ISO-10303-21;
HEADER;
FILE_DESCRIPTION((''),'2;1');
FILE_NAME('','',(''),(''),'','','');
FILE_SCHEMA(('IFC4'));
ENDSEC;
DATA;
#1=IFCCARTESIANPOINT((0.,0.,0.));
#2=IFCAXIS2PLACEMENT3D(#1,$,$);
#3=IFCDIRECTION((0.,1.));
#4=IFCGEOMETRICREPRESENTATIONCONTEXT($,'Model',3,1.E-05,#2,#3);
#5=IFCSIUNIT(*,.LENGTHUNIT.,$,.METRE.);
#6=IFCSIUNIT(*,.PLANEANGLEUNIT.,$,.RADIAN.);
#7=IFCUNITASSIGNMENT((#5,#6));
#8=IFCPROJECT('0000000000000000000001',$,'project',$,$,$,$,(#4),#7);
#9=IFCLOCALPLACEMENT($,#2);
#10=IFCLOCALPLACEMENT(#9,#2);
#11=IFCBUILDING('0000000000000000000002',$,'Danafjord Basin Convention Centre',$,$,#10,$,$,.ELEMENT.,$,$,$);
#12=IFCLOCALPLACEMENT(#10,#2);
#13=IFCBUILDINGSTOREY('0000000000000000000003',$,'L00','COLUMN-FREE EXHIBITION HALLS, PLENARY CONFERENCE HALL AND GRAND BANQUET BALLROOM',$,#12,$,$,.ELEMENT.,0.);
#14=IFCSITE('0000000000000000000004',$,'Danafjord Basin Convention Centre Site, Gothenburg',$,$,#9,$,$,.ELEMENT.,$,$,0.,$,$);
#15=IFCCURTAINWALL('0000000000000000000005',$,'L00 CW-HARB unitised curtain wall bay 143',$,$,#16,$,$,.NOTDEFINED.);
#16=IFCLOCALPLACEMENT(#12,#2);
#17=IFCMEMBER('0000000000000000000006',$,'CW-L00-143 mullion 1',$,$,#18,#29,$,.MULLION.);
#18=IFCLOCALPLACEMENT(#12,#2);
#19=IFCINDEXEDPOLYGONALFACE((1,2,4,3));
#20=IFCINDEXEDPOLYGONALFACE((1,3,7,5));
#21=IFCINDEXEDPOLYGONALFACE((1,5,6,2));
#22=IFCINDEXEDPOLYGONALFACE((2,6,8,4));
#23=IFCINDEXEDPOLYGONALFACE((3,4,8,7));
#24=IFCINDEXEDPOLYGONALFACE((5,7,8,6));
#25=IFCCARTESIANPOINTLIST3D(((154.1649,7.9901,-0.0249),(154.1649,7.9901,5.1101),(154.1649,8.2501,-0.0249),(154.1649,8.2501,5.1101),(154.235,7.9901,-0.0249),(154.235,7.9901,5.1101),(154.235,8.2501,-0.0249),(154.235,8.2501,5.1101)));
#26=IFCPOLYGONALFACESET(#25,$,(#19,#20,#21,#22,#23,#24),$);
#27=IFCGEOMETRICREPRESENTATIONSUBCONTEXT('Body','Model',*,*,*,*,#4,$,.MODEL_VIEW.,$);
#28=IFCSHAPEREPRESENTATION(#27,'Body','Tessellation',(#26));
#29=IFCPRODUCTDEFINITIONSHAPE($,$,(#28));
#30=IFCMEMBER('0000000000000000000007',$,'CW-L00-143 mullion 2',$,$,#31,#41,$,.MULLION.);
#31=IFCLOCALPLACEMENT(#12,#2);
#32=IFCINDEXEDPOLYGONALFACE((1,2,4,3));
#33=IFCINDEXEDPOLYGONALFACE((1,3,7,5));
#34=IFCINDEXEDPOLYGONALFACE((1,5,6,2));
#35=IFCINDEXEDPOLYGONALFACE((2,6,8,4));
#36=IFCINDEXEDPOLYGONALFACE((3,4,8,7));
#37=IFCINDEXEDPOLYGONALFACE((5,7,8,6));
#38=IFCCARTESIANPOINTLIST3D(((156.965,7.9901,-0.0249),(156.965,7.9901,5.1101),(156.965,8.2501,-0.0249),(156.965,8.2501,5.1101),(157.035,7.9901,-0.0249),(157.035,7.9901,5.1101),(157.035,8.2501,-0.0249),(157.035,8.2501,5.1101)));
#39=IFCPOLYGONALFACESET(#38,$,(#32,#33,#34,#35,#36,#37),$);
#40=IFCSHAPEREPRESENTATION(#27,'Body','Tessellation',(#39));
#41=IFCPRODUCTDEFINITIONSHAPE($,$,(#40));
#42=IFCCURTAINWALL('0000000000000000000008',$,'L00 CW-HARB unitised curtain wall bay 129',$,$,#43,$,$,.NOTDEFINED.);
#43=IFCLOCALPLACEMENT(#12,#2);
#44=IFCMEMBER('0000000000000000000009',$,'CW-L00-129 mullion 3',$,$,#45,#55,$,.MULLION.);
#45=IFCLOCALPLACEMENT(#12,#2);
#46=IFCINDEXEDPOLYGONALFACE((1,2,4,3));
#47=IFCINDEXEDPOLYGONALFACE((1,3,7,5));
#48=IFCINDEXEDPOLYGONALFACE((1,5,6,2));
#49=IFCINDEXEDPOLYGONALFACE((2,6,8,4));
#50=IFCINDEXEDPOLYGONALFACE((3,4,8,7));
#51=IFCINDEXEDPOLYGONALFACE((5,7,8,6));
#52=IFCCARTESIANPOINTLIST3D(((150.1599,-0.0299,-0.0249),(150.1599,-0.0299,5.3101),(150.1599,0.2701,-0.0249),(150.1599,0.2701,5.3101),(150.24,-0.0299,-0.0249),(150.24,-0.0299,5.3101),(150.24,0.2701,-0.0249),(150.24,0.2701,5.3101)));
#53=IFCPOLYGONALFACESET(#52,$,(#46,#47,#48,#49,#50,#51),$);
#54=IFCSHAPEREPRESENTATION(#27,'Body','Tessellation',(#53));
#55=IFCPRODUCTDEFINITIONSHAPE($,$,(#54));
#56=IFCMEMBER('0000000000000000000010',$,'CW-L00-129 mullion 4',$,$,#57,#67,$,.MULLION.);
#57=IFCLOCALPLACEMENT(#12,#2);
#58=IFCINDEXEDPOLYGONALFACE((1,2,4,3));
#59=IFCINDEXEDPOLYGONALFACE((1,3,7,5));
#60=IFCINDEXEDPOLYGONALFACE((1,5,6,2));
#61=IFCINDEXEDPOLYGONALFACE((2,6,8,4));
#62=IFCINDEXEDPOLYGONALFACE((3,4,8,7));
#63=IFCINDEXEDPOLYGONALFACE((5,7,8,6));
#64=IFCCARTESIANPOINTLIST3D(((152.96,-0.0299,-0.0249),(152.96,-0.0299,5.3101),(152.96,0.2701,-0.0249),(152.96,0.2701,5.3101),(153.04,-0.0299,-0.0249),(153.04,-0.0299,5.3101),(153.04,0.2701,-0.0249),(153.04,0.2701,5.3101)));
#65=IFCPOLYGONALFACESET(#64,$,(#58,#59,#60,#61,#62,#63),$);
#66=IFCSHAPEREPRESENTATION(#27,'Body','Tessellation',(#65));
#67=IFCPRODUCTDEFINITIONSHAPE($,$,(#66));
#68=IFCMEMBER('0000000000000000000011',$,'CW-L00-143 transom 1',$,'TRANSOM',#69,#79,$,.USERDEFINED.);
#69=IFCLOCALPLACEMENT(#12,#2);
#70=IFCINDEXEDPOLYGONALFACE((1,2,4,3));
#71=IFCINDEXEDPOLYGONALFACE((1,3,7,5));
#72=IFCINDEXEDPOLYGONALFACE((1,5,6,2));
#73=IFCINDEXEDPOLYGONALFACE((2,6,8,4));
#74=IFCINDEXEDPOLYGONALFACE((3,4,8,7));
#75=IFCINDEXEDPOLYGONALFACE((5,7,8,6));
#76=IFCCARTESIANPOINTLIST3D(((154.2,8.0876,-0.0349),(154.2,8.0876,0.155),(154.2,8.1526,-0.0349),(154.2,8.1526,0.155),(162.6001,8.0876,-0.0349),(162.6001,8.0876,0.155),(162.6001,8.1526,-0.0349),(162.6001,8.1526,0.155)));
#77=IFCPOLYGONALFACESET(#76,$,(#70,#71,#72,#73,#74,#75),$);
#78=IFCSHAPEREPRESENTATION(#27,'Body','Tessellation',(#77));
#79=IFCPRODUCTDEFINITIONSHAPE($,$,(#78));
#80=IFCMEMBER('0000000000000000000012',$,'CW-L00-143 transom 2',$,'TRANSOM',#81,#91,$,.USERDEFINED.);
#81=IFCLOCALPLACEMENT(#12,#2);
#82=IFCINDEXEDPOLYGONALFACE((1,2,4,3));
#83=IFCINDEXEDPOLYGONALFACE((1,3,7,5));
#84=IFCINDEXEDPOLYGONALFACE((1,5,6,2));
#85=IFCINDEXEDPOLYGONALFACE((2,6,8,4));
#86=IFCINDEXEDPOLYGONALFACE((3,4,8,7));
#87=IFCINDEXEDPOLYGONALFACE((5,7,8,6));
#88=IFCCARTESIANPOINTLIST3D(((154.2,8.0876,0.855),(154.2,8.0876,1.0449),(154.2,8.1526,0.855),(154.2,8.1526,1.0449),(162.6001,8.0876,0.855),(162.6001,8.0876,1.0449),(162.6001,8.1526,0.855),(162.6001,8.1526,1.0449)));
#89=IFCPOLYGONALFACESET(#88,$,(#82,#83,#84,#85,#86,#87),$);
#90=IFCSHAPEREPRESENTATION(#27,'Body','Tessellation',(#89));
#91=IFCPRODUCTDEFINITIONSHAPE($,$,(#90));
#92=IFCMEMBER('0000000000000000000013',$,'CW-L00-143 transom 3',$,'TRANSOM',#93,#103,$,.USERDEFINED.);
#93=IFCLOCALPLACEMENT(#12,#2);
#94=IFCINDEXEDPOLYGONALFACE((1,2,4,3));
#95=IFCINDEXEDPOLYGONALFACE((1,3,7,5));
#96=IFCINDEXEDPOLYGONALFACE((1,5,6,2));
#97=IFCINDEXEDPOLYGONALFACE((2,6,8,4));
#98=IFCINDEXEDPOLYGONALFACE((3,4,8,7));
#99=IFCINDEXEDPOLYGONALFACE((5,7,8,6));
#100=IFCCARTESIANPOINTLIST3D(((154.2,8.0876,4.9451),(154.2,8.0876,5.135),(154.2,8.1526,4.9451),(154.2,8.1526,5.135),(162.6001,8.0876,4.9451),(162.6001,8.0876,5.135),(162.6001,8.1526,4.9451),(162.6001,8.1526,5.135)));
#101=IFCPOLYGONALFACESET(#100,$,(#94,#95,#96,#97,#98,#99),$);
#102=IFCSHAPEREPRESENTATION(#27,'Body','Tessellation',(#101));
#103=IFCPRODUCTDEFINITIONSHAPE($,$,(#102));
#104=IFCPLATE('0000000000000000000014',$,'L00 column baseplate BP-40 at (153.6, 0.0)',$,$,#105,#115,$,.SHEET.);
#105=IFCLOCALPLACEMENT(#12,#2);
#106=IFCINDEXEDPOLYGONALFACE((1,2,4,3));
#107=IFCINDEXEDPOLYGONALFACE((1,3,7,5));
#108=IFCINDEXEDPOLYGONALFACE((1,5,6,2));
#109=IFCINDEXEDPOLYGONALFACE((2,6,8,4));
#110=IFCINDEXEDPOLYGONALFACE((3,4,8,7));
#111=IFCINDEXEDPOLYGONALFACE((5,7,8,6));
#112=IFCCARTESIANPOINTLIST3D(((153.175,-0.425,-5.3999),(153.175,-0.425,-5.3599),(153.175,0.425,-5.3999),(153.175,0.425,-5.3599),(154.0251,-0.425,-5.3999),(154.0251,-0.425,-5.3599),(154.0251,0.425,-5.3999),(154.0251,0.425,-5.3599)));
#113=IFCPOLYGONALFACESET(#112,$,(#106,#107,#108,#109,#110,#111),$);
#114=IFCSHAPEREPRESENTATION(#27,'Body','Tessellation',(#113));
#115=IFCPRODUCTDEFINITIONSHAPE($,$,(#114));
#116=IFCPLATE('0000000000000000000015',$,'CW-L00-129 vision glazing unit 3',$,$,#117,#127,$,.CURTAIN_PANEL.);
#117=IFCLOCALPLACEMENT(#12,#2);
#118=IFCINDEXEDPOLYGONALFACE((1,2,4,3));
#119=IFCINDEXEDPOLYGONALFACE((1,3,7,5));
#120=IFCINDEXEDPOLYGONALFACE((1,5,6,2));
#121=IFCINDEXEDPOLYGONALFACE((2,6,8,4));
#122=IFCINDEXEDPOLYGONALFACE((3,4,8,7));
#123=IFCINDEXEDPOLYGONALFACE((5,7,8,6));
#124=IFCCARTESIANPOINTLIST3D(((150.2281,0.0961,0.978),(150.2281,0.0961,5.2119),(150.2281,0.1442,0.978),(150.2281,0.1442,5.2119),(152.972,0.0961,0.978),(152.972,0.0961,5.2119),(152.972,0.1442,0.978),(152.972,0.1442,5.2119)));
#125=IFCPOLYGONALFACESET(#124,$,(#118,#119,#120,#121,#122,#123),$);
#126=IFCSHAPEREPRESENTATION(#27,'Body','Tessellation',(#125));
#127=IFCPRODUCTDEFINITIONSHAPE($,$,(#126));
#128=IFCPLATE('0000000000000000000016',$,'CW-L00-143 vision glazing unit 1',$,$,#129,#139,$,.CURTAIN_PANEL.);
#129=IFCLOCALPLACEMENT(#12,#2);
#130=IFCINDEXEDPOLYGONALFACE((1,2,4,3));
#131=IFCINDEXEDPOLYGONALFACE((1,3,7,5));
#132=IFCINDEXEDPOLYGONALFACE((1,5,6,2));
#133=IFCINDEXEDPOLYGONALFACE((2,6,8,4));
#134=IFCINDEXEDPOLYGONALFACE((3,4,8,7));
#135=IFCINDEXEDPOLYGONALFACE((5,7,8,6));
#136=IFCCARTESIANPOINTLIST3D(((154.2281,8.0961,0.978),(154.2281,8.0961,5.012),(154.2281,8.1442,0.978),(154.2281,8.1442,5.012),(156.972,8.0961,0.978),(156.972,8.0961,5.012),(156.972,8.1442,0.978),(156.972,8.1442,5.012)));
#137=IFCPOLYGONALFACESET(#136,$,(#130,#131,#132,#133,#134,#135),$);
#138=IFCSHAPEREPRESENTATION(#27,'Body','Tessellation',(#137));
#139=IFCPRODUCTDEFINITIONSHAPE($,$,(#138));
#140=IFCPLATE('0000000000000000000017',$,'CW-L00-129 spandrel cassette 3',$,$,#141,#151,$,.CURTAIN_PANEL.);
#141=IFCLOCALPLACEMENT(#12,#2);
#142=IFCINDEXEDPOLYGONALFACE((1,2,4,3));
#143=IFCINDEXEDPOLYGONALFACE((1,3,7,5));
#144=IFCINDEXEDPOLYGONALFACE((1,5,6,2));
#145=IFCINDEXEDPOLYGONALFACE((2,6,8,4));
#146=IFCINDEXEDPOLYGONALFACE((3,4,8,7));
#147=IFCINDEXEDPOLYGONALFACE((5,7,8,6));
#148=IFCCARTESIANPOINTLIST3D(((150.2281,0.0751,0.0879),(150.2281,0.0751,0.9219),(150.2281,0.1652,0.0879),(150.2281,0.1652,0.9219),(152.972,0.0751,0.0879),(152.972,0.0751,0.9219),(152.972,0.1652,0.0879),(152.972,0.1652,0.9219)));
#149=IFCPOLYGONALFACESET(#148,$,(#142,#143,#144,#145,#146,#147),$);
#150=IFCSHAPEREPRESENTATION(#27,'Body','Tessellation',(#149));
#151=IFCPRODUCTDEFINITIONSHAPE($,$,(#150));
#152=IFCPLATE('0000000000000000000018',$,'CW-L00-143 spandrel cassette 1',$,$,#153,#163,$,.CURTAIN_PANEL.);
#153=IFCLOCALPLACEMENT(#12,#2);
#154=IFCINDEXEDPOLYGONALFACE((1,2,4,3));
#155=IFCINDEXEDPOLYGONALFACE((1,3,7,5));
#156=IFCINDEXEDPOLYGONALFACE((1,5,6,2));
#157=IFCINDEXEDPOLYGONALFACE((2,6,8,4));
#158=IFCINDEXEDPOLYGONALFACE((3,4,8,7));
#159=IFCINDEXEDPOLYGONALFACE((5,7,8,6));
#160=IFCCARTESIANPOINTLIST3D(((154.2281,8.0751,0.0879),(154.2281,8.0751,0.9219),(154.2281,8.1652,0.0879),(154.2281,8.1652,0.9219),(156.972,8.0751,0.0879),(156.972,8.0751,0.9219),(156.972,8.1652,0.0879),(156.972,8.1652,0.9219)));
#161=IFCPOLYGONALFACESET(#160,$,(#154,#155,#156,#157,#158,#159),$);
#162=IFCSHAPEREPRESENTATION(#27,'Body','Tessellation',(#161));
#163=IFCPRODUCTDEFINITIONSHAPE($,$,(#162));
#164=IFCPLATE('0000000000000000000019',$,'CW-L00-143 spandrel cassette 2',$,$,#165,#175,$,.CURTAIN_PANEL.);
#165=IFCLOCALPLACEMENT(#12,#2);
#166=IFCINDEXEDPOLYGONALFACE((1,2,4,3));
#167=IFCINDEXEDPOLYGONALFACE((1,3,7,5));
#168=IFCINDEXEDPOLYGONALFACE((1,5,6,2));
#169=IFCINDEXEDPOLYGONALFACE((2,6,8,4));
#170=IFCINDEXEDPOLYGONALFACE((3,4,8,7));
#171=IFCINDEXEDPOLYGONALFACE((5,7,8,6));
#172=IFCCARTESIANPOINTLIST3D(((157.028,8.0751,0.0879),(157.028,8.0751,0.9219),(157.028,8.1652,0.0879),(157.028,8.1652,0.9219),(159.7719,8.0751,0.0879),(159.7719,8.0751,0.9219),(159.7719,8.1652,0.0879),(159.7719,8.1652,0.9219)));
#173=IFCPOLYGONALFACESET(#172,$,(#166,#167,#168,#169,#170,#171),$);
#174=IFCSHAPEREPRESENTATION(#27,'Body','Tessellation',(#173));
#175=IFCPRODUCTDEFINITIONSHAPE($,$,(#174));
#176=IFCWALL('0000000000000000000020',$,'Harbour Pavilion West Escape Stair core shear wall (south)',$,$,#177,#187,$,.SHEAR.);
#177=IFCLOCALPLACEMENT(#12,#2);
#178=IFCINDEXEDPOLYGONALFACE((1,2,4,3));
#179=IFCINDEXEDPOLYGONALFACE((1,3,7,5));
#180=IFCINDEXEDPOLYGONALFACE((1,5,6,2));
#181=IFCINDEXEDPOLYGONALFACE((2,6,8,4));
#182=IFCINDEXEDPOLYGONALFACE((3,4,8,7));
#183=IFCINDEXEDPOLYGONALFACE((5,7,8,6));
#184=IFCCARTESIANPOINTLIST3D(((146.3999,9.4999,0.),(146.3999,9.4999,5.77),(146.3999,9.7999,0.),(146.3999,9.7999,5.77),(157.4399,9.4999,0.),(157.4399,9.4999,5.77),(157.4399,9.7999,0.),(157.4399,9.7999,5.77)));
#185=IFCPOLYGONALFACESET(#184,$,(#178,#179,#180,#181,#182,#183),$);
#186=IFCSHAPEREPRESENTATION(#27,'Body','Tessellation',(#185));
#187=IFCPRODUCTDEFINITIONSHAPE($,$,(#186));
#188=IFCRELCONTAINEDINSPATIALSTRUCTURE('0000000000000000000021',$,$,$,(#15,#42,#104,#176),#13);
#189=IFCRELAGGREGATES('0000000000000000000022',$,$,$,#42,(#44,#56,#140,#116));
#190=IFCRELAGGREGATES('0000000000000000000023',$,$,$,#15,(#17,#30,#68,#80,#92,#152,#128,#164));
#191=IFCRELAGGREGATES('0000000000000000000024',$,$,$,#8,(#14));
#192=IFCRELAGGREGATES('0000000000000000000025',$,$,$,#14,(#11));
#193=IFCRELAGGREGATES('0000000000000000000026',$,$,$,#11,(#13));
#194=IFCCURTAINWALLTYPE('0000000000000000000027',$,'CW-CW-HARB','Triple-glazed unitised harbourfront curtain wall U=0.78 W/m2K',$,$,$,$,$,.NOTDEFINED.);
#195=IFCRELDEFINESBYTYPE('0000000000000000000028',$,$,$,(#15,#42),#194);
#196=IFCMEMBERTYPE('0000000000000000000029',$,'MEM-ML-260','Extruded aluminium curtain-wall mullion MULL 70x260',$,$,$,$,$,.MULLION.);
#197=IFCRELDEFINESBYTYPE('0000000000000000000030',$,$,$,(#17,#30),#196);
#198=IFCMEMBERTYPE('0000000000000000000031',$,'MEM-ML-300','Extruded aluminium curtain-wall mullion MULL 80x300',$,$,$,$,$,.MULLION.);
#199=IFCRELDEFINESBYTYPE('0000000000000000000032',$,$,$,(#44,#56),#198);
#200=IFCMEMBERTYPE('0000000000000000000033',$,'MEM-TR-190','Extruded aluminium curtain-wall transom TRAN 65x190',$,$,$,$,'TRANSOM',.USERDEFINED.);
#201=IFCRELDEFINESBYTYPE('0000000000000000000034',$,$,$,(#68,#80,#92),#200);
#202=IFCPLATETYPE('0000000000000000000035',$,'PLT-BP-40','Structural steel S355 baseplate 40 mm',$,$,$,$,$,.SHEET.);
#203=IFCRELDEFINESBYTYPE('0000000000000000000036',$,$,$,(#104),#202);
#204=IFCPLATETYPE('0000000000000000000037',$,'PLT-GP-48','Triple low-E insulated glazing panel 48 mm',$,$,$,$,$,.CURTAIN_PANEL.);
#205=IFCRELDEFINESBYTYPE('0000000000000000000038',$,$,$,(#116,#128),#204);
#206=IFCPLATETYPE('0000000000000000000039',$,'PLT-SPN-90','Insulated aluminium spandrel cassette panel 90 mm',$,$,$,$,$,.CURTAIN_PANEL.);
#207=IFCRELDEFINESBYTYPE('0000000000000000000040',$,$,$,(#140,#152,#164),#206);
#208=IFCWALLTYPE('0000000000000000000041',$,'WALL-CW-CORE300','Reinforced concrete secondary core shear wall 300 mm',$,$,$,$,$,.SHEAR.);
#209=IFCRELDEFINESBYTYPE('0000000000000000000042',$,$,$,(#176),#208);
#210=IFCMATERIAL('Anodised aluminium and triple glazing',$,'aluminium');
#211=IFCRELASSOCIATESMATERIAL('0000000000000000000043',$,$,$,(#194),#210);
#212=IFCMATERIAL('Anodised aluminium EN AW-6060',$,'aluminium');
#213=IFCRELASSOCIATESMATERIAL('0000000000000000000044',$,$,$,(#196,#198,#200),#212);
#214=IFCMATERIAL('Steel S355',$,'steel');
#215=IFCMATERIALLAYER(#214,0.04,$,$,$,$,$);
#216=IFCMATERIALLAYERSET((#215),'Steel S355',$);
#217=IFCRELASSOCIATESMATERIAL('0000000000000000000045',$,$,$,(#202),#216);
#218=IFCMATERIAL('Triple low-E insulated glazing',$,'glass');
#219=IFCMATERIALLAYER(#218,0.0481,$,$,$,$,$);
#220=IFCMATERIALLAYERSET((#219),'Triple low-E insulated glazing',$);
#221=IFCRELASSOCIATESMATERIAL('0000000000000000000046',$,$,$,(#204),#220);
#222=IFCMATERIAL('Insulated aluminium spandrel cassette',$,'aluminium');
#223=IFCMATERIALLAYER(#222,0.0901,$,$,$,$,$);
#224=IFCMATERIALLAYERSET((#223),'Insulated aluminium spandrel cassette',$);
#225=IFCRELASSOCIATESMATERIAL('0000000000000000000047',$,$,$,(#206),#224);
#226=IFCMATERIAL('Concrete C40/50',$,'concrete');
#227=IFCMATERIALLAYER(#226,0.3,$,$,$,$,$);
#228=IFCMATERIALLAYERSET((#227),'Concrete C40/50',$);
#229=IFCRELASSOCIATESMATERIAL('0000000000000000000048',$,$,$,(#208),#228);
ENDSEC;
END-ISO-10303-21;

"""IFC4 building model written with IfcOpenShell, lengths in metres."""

from ifc_helpers import new_model, si_unit, direction, frame, frame_2d, origin, origin_2d, place, context, subcontext, project, spatial, rectangle, extrude, material, layer, layer_set, material_profile, profile_set, type_object, element, aggregate, save


model = new_model("IFC4")

# Units and contexts
model_context = context("Model", 3, precision=1e-05, world=origin(), true_north=direction((0.0, 1.0)))
body_context = subcontext(model_context, "Body", "Model", "MODEL_VIEW")
ifc_project = project(units=[si_unit("LENGTHUNIT", "METRE"), si_unit("PLANEANGLEUNIT", "RADIAN")], contexts=[model_context])

# Site, building, storey
site_placement = place(None, origin())
site = spatial("IfcSite", under=ifc_project, at=site_placement, Name="Danafjord Basin Convention Centre Site, Gothenburg", CompositionType="ELEMENT", RefElevation=0.0)
building_placement = place(site_placement, origin())
building = spatial("IfcBuilding", under=site, at=building_placement, Name="Danafjord Basin Convention Centre", CompositionType="ELEMENT")
storey_placement = place(building_placement, origin())
storey = spatial("IfcBuildingStorey", under=building, at=storey_placement, Name="L00", Description="COLUMN-FREE EXHIBITION HALLS, PLENARY CONFERENCE HALL AND GRAND BANQUET BALLROOM", CompositionType="ELEMENT", Elevation=0.0)

# Shared definitions
ifc_material_1 = material(Name="Steel S355", Category="steel")

# Curtain walls, members
ifc_material_2 = material(Name="Anodised aluminium and triple glazing", Category="aluminium")
curtain_wall_type = type_object("IfcCurtainWallType", Name="CW-CW-HARB", Description="Triple-glazed unitised harbourfront curtain wall U=0.78 W/m2K", PredefinedType="NOTDEFINED", material=ifc_material_2)
curtain_wall_1_placement = place(storey_placement, origin())
curtain_wall_1 = element("IfcCurtainWall", 1, at=curtain_wall_1_placement, inside=storey, type_object=curtain_wall_type, Name="L00 CW-HARB unitised curtain wall bay 143", PredefinedType="NOTDEFINED")
ifc_material_3 = material(Name="Anodised aluminium EN AW-6060", Category="aluminium")
ifc_material_profile_1 = material_profile(ifc_material_3, rectangle(XDim=0.0701, YDim=0.26, at=origin_2d()), Name="MULL 70x260")
ifc_profile_set_1 = profile_set([ifc_material_profile_1], Name="Anodised aluminium EN AW-6060")
member_type_1 = type_object("IfcMemberType", Name="MEM-ML-260", Description="Extruded aluminium curtain-wall mullion MULL 70x260", PredefinedType="MULLION", material=ifc_profile_set_1)
member_1_placement = place(storey_placement, frame((154.2, 8.1201, -0.0249), z_axis=(0.0, 0.0, 1.0), x_axis=(1.0, 0.0, 0.0)))
member_1 = element("IfcMember", 2, at=member_1_placement, type_object=member_type_1, Name="CW-L00-143 mullion 1", PredefinedType="MULLION", context=body_context, shape_type="SweptSolid", body=[
    extrude(rectangle(XDim=0.0701, YDim=0.26, at=origin_2d()), origin(), (0.0, 0.0, 1.0), 5.135),
])
member_2_placement = place(storey_placement, frame((157.0, 8.1201, -0.0249), z_axis=(0.0, 0.0, 1.0), x_axis=(1.0, 0.0, 0.0)))
member_2 = element("IfcMember", 3, at=member_2_placement, type_object=member_type_1, Name="CW-L00-143 mullion 2", PredefinedType="MULLION", context=body_context, shape_type="SweptSolid", body=[
    extrude(rectangle(XDim=0.0701, YDim=0.26, at=origin_2d()), origin(), (0.0, 0.0, 1.0), 5.135),
])
curtain_wall_2_placement = place(storey_placement, origin())
curtain_wall_2 = element("IfcCurtainWall", 4, at=curtain_wall_2_placement, inside=storey, type_object=curtain_wall_type, Name="L00 CW-HARB unitised curtain wall bay 129", PredefinedType="NOTDEFINED")
ifc_material_profile_2 = material_profile(ifc_material_3, rectangle(XDim=0.0801, YDim=0.3, at=origin_2d()), Name="MULL 80x300")
ifc_profile_set_2 = profile_set([ifc_material_profile_2], Name="Anodised aluminium EN AW-6060")
member_type_2 = type_object("IfcMemberType", Name="MEM-ML-300", Description="Extruded aluminium curtain-wall mullion MULL 80x300", PredefinedType="MULLION", material=ifc_profile_set_2)
member_3_placement = place(storey_placement, frame((150.2, 0.1201, -0.0249), z_axis=(0.0, 0.0, 1.0), x_axis=(1.0, 0.0, 0.0)))
member_3 = element("IfcMember", 5, at=member_3_placement, type_object=member_type_2, Name="CW-L00-129 mullion 3", PredefinedType="MULLION", context=body_context, shape_type="SweptSolid", body=[
    extrude(rectangle(XDim=0.0801, YDim=0.3, at=origin_2d()), origin(), (0.0, 0.0, 1.0), 5.335),
])
member_4_placement = place(storey_placement, frame((153.0, 0.1201, -0.0249), z_axis=(0.0, 0.0, 1.0), x_axis=(1.0, 0.0, 0.0)))
member_4 = element("IfcMember", 6, at=member_4_placement, type_object=member_type_2, Name="CW-L00-129 mullion 4", PredefinedType="MULLION", context=body_context, shape_type="SweptSolid", body=[
    extrude(rectangle(XDim=0.0801, YDim=0.3, at=origin_2d()), origin(), (0.0, 0.0, 1.0), 5.335),
])

# Members
ifc_material_profile_3 = material_profile(ifc_material_3, rectangle(XDim=0.0649, YDim=0.1899, at=origin_2d()), Name="TRAN 65x190")
ifc_profile_set_3 = profile_set([ifc_material_profile_3], Name="Anodised aluminium EN AW-6060")
member_type_3 = type_object("IfcMemberType", Name="MEM-TR-190", Description="Extruded aluminium curtain-wall transom TRAN 65x190", ElementType="TRANSOM", PredefinedType="USERDEFINED", material=ifc_profile_set_3)
member_5_placement = place(storey_placement, frame((154.2, 8.1201, 0.0601), z_axis=(1.0, 0.0, 0.0), x_axis=(0.0, 1.0, 0.0)))
member_5 = element("IfcMember", 7, at=member_5_placement, type_object=member_type_3, Name="CW-L00-143 transom 1", ObjectType="TRANSOM", PredefinedType="USERDEFINED", context=body_context, shape_type="SweptSolid", body=[
    extrude(rectangle(XDim=0.0649, YDim=0.1899, at=origin_2d()), origin(), (0.0, 0.0, 1.0), 8.4001),
])
member_6_placement = place(storey_placement, frame((154.2, 8.1201, 0.95), z_axis=(1.0, 0.0, 0.0), x_axis=(0.0, 1.0, 0.0)))
member_6 = element("IfcMember", 8, at=member_6_placement, type_object=member_type_3, Name="CW-L00-143 transom 2", ObjectType="TRANSOM", PredefinedType="USERDEFINED", context=body_context, shape_type="SweptSolid", body=[
    extrude(rectangle(XDim=0.0649, YDim=0.1899, at=origin_2d()), origin(), (0.0, 0.0, 1.0), 8.4001),
])
member_7_placement = place(storey_placement, frame((154.2, 8.1201, 5.04), z_axis=(1.0, 0.0, 0.0), x_axis=(0.0, 1.0, 0.0)))
member_7 = element("IfcMember", 9, at=member_7_placement, type_object=member_type_3, Name="CW-L00-143 transom 3", ObjectType="TRANSOM", PredefinedType="USERDEFINED", context=body_context, shape_type="SweptSolid", body=[
    extrude(rectangle(XDim=0.0649, YDim=0.1899, at=origin_2d()), origin(), (0.0, 0.0, 1.0), 8.4001),
])

# Plates
ifc_layer_1 = layer(ifc_material_1, 0.04)
ifc_layer_set_1 = layer_set([ifc_layer_1], Name="Steel S355")
plate_type_1 = type_object("IfcPlateType", Name="PLT-BP-40", Description="Structural steel S355 baseplate 40 mm", PredefinedType="SHEET", material=ifc_layer_set_1)
plate_1_placement = place(storey_placement, frame((153.6001, 0.0, -5.3999), z_axis=(0.0, 0.0, 1.0), x_axis=(1.0, 0.0, 0.0)))
element("IfcPlate", 10, at=plate_1_placement, inside=storey, type_object=plate_type_1, Name="L00 column baseplate BP-40 at (153.6, 0.0)", PredefinedType="SHEET", context=body_context, shape_type="SweptSolid", body=[
    extrude(rectangle(XDim=0.8501, YDim=0.8501, at=origin_2d()), origin(), (0.0, 0.0, 1.0), 0.04),
])
ifc_material_4 = material(Name="Triple low-E insulated glazing", Category="glass")
ifc_layer_2 = layer(ifc_material_4, 0.0481)
ifc_layer_set_2 = layer_set([ifc_layer_2], Name="Triple low-E insulated glazing")
plate_type_2 = type_object("IfcPlateType", Name="PLT-GP-48", Description="Triple low-E insulated glazing panel 48 mm", PredefinedType="CURTAIN_PANEL", material=ifc_layer_set_2)
plate_2_placement = place(storey_placement, frame((151.6001, 0.1201, 0.978), z_axis=(0.0, 0.0, 1.0), x_axis=(1.0, 0.0, 0.0)))
plate_2 = element("IfcPlate", 11, at=plate_2_placement, type_object=plate_type_2, Name="CW-L00-129 vision glazing unit 3", PredefinedType="CURTAIN_PANEL", context=body_context, shape_type="SweptSolid", body=[
    extrude(rectangle(XDim=2.7439, YDim=0.0481, at=origin_2d()), origin(), (0.0, 0.0, 1.0), 4.2339),
])
plate_3_placement = place(storey_placement, frame((155.6001, 8.1201, 0.978), z_axis=(0.0, 0.0, 1.0), x_axis=(1.0, 0.0, 0.0)))
plate_3 = element("IfcPlate", 12, at=plate_3_placement, type_object=plate_type_2, Name="CW-L00-143 vision glazing unit 1", PredefinedType="CURTAIN_PANEL", context=body_context, shape_type="SweptSolid", body=[
    extrude(rectangle(XDim=2.7439, YDim=0.0481, at=origin_2d()), origin(), (0.0, 0.0, 1.0), 4.0339),
])
ifc_material_5 = material(Name="Insulated aluminium spandrel cassette", Category="aluminium")
ifc_layer_3 = layer(ifc_material_5, 0.0901)
ifc_layer_set_3 = layer_set([ifc_layer_3], Name="Insulated aluminium spandrel cassette")
plate_type_3 = type_object("IfcPlateType", Name="PLT-SPN-90", Description="Insulated aluminium spandrel cassette panel 90 mm", PredefinedType="CURTAIN_PANEL", material=ifc_layer_set_3)
plate_4_placement = place(storey_placement, frame((151.6001, 0.1201, 0.0879), z_axis=(0.0, 0.0, 1.0), x_axis=(1.0, 0.0, 0.0)))
plate_4 = element("IfcPlate", 13, at=plate_4_placement, type_object=plate_type_3, Name="CW-L00-129 spandrel cassette 3", PredefinedType="CURTAIN_PANEL", context=body_context, shape_type="SweptSolid", body=[
    extrude(rectangle(XDim=2.7439, YDim=0.0901, at=origin_2d()), origin(), (0.0, 0.0, 1.0), 0.834),
])
aggregate(curtain_wall_2, [member_3, member_4, plate_4, plate_2])
plate_5_placement = place(storey_placement, frame((155.6001, 8.1201, 0.0879), z_axis=(0.0, 0.0, 1.0), x_axis=(1.0, 0.0, 0.0)))
plate_5 = element("IfcPlate", 14, at=plate_5_placement, type_object=plate_type_3, Name="CW-L00-143 spandrel cassette 1", PredefinedType="CURTAIN_PANEL", context=body_context, shape_type="SweptSolid", body=[
    extrude(rectangle(XDim=2.7439, YDim=0.0901, at=origin_2d()), origin(), (0.0, 0.0, 1.0), 0.834),
])
plate_6_placement = place(storey_placement, frame((158.3999, 8.1201, 0.0879), z_axis=(0.0, 0.0, 1.0), x_axis=(1.0, 0.0, 0.0)))
plate_6 = element("IfcPlate", 15, at=plate_6_placement, type_object=plate_type_3, Name="CW-L00-143 spandrel cassette 2", PredefinedType="CURTAIN_PANEL", context=body_context, shape_type="SweptSolid", body=[
    extrude(rectangle(XDim=2.7439, YDim=0.0901, at=origin_2d()), origin(), (0.0, 0.0, 1.0), 0.834),
])
aggregate(curtain_wall_1, [member_1, member_2, member_5, member_6, member_7, plate_5, plate_3, plate_6])

# Wall
ifc_material_6 = material(Name="Concrete C40/50", Category="concrete")
ifc_layer_4 = layer(ifc_material_6, 0.3)
ifc_layer_set_4 = layer_set([ifc_layer_4], Name="Concrete C40/50")
wall_type_1 = type_object("IfcWallType", Name="WALL-CW-CORE300", Description="Reinforced concrete secondary core shear wall 300 mm", PredefinedType="SHEAR", material=ifc_layer_set_4)
wall_1_placement = place(storey_placement, frame((157.4399, 9.6499, 0.0), z_axis=(0.0, 0.0, 1.0), x_axis=(-1.0, 0.0, 0.0)))
element("IfcWall", 16, at=wall_1_placement, inside=storey, type_object=wall_type_1, Name="Harbour Pavilion West Escape Stair core shear wall (south)", PredefinedType="SHEAR", context=body_context, shape_type="SweptSolid", body=[
    extrude(rectangle(XDim=11.04, YDim=0.3, at=frame_2d((5.52, 0.0))), origin(), (0.0, 0.0, 1.0), 5.77),
])

save(model, "model.ifc")
